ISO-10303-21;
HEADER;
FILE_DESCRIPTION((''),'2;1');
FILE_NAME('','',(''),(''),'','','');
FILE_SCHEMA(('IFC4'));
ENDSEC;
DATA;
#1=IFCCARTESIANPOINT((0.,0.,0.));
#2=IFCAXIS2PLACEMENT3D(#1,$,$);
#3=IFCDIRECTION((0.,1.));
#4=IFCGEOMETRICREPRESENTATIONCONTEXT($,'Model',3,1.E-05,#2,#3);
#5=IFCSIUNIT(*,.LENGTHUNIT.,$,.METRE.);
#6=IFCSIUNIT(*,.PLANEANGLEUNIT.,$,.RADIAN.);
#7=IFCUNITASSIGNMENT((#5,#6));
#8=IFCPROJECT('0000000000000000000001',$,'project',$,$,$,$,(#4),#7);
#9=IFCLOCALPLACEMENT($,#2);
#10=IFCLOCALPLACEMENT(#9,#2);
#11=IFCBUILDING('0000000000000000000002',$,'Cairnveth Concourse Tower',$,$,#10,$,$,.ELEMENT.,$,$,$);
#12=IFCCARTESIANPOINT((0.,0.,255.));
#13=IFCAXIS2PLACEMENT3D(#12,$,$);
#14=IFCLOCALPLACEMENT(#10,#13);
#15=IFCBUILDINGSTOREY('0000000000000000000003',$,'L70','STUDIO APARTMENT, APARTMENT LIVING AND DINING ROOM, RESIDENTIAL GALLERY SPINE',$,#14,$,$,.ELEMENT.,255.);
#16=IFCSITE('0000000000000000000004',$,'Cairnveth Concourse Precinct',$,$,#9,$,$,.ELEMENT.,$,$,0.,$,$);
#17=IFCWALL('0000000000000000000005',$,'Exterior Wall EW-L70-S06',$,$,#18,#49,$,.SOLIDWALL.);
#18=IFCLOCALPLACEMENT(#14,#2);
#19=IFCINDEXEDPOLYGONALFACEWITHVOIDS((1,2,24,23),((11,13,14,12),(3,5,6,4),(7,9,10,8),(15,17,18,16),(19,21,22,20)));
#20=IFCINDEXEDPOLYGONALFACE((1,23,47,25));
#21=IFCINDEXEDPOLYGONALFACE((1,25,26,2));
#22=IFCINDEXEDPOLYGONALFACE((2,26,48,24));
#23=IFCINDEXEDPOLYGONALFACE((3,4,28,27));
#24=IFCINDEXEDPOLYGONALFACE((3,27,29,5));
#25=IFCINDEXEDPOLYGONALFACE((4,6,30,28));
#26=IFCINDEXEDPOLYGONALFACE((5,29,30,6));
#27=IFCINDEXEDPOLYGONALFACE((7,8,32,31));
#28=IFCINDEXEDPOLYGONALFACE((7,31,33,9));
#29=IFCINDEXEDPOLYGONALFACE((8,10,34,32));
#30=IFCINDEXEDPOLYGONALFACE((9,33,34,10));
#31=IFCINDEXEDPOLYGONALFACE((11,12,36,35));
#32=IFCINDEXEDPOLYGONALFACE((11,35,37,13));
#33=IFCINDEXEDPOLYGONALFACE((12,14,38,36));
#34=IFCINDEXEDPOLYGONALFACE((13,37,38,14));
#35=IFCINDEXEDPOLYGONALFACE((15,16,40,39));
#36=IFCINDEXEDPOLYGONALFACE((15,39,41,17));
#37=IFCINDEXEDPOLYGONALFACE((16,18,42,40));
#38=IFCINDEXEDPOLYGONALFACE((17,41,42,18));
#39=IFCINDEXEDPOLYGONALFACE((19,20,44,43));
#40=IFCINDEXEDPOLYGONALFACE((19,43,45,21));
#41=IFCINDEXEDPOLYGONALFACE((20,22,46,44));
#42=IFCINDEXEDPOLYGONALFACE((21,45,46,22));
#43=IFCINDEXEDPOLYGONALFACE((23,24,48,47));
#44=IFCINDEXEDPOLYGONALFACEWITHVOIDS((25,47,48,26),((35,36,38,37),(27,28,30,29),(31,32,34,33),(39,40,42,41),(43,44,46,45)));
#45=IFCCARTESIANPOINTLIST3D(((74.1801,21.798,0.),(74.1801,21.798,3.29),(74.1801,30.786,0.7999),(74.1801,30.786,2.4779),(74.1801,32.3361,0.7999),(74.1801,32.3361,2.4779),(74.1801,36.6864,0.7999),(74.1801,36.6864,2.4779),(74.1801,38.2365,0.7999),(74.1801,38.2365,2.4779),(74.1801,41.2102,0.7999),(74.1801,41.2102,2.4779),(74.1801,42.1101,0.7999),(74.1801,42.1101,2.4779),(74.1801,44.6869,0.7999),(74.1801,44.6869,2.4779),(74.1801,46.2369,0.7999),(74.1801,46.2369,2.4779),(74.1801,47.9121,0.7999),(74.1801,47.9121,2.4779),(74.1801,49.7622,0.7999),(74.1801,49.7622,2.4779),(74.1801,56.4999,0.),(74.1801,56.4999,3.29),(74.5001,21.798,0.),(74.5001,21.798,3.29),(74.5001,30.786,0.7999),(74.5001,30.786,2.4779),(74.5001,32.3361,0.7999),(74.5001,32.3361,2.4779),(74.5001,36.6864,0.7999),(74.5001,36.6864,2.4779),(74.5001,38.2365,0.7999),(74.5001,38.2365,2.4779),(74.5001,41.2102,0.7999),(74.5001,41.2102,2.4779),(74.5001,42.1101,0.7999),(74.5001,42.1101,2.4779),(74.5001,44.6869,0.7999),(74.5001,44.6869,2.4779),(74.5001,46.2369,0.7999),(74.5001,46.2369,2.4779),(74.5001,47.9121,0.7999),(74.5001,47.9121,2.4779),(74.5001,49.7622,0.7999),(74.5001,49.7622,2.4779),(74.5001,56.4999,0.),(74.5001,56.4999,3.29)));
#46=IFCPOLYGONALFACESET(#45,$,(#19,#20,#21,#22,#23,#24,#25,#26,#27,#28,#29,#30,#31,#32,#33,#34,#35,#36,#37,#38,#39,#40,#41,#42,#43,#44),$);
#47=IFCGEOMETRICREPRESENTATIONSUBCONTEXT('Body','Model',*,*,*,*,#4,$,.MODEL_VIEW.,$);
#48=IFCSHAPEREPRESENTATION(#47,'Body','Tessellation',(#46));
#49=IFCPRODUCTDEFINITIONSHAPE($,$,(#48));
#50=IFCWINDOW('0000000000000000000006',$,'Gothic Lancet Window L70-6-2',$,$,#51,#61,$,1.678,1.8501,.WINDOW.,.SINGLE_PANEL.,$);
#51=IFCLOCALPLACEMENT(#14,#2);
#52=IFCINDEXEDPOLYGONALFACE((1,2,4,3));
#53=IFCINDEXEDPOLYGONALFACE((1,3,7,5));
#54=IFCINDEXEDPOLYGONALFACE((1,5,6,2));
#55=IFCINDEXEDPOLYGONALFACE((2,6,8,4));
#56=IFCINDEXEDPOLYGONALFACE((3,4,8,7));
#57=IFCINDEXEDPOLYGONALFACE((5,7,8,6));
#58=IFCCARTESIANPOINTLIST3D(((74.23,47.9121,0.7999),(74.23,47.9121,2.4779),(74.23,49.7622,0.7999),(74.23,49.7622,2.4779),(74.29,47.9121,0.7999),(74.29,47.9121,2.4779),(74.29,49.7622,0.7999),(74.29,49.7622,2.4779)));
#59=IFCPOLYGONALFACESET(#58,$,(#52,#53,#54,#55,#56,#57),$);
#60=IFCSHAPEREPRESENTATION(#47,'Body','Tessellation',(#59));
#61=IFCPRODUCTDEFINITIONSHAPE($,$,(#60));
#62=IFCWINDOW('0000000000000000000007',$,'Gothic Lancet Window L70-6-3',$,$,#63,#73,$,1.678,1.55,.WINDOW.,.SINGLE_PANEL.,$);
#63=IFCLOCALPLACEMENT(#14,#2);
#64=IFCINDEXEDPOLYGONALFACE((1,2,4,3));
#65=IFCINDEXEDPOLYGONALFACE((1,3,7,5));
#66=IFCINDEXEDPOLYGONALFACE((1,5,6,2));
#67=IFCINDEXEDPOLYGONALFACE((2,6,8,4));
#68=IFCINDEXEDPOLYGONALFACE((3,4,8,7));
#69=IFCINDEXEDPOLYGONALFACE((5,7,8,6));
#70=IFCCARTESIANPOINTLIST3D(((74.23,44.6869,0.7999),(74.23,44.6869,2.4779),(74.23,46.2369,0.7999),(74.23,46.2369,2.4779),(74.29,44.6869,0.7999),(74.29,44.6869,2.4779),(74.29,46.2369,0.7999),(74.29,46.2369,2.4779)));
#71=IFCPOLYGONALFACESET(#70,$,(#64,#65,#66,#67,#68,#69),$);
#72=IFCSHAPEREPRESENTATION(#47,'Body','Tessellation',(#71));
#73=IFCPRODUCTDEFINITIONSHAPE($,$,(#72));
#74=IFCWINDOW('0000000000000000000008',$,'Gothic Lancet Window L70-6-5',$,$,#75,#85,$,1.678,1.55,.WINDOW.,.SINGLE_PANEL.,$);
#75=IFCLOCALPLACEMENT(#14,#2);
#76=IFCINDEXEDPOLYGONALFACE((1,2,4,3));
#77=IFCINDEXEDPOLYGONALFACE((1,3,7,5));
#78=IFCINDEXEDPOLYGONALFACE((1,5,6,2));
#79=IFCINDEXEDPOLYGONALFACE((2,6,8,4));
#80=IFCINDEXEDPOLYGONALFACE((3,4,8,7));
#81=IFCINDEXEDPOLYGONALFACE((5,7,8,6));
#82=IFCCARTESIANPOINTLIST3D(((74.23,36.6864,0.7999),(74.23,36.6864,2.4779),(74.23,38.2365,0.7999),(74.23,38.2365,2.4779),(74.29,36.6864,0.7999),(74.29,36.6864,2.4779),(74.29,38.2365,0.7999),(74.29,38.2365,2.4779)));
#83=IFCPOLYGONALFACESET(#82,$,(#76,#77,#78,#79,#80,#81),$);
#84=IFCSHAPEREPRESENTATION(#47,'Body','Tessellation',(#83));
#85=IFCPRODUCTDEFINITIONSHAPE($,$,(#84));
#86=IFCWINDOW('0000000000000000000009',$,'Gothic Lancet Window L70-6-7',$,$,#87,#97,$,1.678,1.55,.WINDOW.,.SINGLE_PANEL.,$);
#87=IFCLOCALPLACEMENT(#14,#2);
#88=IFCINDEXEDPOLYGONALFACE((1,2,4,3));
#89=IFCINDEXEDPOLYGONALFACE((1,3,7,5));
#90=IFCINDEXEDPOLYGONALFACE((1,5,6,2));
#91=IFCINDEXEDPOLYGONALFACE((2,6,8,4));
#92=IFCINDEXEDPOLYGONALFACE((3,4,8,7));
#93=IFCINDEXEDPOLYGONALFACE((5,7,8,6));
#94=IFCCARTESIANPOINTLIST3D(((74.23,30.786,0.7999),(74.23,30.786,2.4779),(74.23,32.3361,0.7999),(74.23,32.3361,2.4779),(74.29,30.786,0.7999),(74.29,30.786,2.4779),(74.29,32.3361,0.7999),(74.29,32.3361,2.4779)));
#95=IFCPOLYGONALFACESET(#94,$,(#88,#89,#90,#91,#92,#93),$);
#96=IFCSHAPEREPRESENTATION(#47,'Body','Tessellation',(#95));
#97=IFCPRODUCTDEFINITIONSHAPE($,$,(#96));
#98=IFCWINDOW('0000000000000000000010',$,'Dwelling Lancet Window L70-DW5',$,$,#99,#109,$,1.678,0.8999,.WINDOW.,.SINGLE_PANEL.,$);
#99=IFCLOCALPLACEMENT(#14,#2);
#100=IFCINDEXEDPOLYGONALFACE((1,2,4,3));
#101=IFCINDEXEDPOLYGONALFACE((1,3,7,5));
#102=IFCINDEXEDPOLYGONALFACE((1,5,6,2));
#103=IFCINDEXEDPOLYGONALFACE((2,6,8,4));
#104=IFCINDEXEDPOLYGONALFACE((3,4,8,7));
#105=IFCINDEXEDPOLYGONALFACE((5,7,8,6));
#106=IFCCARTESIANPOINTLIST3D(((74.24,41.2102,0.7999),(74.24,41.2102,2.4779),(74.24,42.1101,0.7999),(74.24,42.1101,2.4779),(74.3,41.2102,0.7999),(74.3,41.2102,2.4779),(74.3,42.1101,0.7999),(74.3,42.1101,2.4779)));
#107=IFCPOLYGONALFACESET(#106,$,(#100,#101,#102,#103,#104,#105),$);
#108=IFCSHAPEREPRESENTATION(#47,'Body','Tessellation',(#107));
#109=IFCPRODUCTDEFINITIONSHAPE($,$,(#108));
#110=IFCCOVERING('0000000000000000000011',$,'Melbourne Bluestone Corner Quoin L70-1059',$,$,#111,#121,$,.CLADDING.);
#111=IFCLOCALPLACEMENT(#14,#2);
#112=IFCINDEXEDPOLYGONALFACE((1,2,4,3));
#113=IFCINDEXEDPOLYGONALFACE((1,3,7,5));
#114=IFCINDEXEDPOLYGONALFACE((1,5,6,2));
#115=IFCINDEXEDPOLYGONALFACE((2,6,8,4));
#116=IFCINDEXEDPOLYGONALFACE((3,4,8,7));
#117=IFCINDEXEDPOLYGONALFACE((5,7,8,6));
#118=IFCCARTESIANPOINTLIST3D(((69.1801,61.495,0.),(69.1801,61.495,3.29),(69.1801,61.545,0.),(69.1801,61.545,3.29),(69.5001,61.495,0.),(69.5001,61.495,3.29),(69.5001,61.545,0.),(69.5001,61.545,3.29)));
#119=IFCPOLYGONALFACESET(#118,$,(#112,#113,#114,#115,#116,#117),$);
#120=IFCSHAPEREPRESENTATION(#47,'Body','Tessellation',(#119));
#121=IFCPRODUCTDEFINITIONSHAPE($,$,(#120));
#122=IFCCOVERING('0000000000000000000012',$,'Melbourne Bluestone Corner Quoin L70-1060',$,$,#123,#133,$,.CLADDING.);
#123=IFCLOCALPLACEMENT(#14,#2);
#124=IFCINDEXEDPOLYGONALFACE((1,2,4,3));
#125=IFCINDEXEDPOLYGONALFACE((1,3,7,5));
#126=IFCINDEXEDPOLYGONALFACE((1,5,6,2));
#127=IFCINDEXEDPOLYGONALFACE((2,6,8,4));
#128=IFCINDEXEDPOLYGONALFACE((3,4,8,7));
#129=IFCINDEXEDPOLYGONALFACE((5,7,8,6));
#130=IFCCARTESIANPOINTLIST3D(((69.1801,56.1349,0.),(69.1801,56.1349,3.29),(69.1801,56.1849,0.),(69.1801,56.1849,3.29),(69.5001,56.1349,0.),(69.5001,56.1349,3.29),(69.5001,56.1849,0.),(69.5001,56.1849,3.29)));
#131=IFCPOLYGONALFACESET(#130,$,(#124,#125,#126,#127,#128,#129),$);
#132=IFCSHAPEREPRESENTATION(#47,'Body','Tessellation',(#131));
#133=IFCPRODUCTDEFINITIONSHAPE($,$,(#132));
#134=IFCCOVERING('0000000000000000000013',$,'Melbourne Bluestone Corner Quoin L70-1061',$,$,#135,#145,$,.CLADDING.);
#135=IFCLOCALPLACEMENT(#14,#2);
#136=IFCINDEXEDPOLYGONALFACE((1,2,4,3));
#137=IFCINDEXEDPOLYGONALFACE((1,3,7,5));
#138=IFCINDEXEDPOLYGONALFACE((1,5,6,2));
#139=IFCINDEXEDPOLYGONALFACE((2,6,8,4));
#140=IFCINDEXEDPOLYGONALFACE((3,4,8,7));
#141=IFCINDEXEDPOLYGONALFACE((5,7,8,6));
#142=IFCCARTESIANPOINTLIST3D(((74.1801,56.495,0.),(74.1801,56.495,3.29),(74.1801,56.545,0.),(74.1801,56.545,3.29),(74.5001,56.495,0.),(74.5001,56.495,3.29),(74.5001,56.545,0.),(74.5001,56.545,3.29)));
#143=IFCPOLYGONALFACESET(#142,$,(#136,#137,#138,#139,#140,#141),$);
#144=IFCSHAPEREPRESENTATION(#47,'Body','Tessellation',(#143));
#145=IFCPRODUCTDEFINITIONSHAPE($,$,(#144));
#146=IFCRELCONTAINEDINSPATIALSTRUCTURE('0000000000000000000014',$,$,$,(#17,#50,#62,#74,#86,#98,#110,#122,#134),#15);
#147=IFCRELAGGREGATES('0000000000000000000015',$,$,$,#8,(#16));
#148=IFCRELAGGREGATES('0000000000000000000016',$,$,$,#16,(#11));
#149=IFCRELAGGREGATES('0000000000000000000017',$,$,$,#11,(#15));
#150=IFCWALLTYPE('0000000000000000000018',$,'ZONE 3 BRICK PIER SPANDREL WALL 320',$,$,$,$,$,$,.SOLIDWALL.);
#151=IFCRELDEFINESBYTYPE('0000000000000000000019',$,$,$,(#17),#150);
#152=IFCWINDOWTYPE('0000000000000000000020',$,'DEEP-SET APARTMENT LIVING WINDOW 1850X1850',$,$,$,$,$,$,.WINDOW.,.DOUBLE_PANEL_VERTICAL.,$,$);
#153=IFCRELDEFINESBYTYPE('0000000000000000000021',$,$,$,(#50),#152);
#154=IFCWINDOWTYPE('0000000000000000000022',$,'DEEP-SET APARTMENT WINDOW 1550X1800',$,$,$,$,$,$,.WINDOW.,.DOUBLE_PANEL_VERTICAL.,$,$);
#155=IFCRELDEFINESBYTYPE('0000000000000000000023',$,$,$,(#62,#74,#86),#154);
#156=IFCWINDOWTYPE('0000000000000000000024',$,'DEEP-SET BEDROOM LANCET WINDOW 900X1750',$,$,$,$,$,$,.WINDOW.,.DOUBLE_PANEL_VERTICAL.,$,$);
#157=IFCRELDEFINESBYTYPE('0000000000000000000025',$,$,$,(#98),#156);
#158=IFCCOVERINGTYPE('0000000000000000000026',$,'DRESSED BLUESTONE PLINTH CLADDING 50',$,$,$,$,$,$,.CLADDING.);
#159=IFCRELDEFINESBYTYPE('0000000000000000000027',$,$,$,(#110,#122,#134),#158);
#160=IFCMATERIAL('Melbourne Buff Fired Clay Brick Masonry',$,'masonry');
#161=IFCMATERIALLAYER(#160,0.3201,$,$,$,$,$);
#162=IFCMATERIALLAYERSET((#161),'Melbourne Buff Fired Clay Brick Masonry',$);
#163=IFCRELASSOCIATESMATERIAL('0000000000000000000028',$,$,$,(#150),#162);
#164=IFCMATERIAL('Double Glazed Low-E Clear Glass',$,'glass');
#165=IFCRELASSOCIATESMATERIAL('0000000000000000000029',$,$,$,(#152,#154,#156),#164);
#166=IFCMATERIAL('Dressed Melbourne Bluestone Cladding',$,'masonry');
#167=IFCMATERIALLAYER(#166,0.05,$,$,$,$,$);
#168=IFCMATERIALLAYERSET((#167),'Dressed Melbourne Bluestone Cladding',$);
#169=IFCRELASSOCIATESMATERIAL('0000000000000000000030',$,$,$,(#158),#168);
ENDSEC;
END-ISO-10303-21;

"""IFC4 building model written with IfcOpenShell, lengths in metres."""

from ifc_helpers import new_model, si_unit, direction, frame, frame_2d, origin, place, context, subcontext, project, spatial, rectangle, extrude, material, layer, layer_set, type_object, element, fill, save


model = new_model("IFC4")

# Units and contexts
model_context = context("Model", 3, precision=1e-05, world=origin(), true_north=direction((0.0, 1.0)))
body_context = subcontext(model_context, "Body", "Model", "MODEL_VIEW")
ifc_project = project(units=[si_unit("LENGTHUNIT", "METRE"), si_unit("PLANEANGLEUNIT", "RADIAN")], contexts=[model_context])

# Site, building, storey
site_placement = place(None, origin())
site = spatial("IfcSite", under=ifc_project, at=site_placement, Name="Cairnveth Concourse Precinct", CompositionType="ELEMENT", RefElevation=0.0)
building_placement = place(site_placement, origin())
building = spatial("IfcBuilding", under=site, at=building_placement, Name="Cairnveth Concourse Tower", CompositionType="ELEMENT")
storey_placement = place(building_placement, frame((0.0, 0.0, 255.0)))
storey = spatial("IfcBuildingStorey", under=building, at=storey_placement, Name="L70", Description="STUDIO APARTMENT, APARTMENT LIVING AND DINING ROOM, RESIDENTIAL GALLERY SPINE", CompositionType="ELEMENT", Elevation=255.0)

# Shared definitions
ifc_material_1 = material(Name="Melbourne Buff Fired Clay Brick Masonry", Category="masonry")
ifc_layer_1 = layer(ifc_material_1, 0.3201)
ifc_layer_set_1 = layer_set([ifc_layer_1], Name="Melbourne Buff Fired Clay Brick Masonry")
wall_type_1 = type_object("IfcWallType", Name="ZONE 3 BRICK PIER SPANDREL WALL 320", PredefinedType="SOLIDWALL", material=ifc_layer_set_1)

# Wall, openings, windows
wall_1_placement = place(storey_placement, frame((74.3401, 56.5, 0.0), z_axis=(0.0, 0.0, 1.0), x_axis=(0.0, -1.0, 0.0)))
wall_1 = element("IfcWall", 1, at=wall_1_placement, inside=storey, type_object=wall_type_1, Name="Exterior Wall EW-L70-S06", PredefinedType="SOLIDWALL", context=body_context, shape_type="SweptSolid", body=[
    extrude(rectangle(XDim=34.7019, YDim=0.3201, at=frame_2d((17.3511, 0.0))), origin(), (0.0, 0.0, 1.0), 3.29),
])
opening_1_placement = place(wall_1_placement, frame((6.7378, 0.0, 0.8)))
opening_1 = element("IfcOpeningElement", 2, at=opening_1_placement, cuts=wall_1, PredefinedType="OPENING", context=body_context, shape_type="SweptSolid", body=[
    extrude(rectangle(XDim=1.8501, YDim=1.678, at=frame_2d((0.925, 0.8389))), frame((0.0, 0.1699, 0.0), z_axis=(0.0, -1.0, 0.0), x_axis=(1.0, 0.0, 0.0)), (0.0, 0.0, 1.0), 0.3401),
])
opening_2_placement = place(wall_1_placement, frame((10.2632, 0.0, 0.8)))
opening_2 = element("IfcOpeningElement", 3, at=opening_2_placement, cuts=wall_1, PredefinedType="OPENING", context=body_context, shape_type="SweptSolid", body=[
    extrude(rectangle(XDim=1.55, YDim=1.678, at=frame_2d((0.7749, 0.8389))), frame((0.0, 0.1699, 0.0), z_axis=(0.0, -1.0, 0.0), x_axis=(1.0, 0.0, 0.0)), (0.0, 0.0, 1.0), 0.3401),
])
opening_3_placement = place(wall_1_placement, frame((18.2637, 0.0, 0.8)))
opening_3 = element("IfcOpeningElement", 4, at=opening_3_placement, cuts=wall_1, PredefinedType="OPENING", context=body_context, shape_type="SweptSolid", body=[
    extrude(rectangle(XDim=1.55, YDim=1.678, at=frame_2d((0.7749, 0.8389))), frame((0.0, 0.1699, 0.0), z_axis=(0.0, -1.0, 0.0), x_axis=(1.0, 0.0, 0.0)), (0.0, 0.0, 1.0), 0.3401),
])
opening_4_placement = place(wall_1_placement, frame((24.1641, 0.0, 0.8)))
opening_4 = element("IfcOpeningElement", 5, at=opening_4_placement, cuts=wall_1, PredefinedType="OPENING", context=body_context, shape_type="SweptSolid", body=[
    extrude(rectangle(XDim=1.55, YDim=1.678, at=frame_2d((0.7749, 0.8389))), frame((0.0, 0.1699, 0.0), z_axis=(0.0, -1.0, 0.0), x_axis=(1.0, 0.0, 0.0)), (0.0, 0.0, 1.0), 0.3401),
])
opening_5_placement = place(wall_1_placement, frame((14.3899, 0.0, 0.8)))
opening_5 = element("IfcOpeningElement", 6, at=opening_5_placement, cuts=wall_1, PredefinedType="OPENING", context=body_context, shape_type="SweptSolid", body=[
    extrude(rectangle(XDim=0.8999, YDim=1.678, at=frame_2d((0.45, 0.8389))), frame((0.0, 0.1699, 0.0), z_axis=(0.0, -1.0, 0.0), x_axis=(1.0, 0.0, 0.0)), (0.0, 0.0, 1.0), 0.3401),
])
ifc_material_2 = material(Name="Double Glazed Low-E Clear Glass", Category="glass")
window_type_1 = type_object("IfcWindowType", Name="DEEP-SET APARTMENT LIVING WINDOW 1850X1850", PartitioningType="DOUBLE_PANEL_VERTICAL", PredefinedType="WINDOW", material=ifc_material_2)
window_1_placement = place(opening_1_placement, origin())
window_1 = element("IfcWindow", 7, at=window_1_placement, inside=storey, type_object=window_type_1, Name="Gothic Lancet Window L70-6-2", OverallHeight=1.678, OverallWidth=1.8501, PartitioningType="SINGLE_PANEL", PredefinedType="WINDOW", context=body_context, shape_type="SweptSolid", body=[
    extrude(rectangle(XDim=1.8501, YDim=1.678, at=frame_2d((0.925, 0.8389))), frame((0.0, -0.05, 0.0), z_axis=(0.0, -1.0, 0.0), x_axis=(1.0, 0.0, 0.0)), (0.0, 0.0, 1.0), 0.0601),
])
fill(opening_1, window_1)
window_type_2 = type_object("IfcWindowType", Name="DEEP-SET APARTMENT WINDOW 1550X1800", PartitioningType="DOUBLE_PANEL_VERTICAL", PredefinedType="WINDOW", material=ifc_material_2)
window_2_placement = place(opening_2_placement, origin())
window_2 = element("IfcWindow", 8, at=window_2_placement, inside=storey, type_object=window_type_2, Name="Gothic Lancet Window L70-6-3", OverallHeight=1.678, OverallWidth=1.55, PartitioningType="SINGLE_PANEL", PredefinedType="WINDOW", context=body_context, shape_type="SweptSolid", body=[
    extrude(rectangle(XDim=1.55, YDim=1.678, at=frame_2d((0.7749, 0.8389))), frame((0.0, -0.05, 0.0), z_axis=(0.0, -1.0, 0.0), x_axis=(1.0, 0.0, 0.0)), (0.0, 0.0, 1.0), 0.0601),
])
fill(opening_2, window_2)
window_3_placement = place(opening_3_placement, origin())
window_3 = element("IfcWindow", 9, at=window_3_placement, inside=storey, type_object=window_type_2, Name="Gothic Lancet Window L70-6-5", OverallHeight=1.678, OverallWidth=1.55, PartitioningType="SINGLE_PANEL", PredefinedType="WINDOW", context=body_context, shape_type="SweptSolid", body=[
    extrude(rectangle(XDim=1.55, YDim=1.678, at=frame_2d((0.7749, 0.8389))), frame((0.0, -0.05, 0.0), z_axis=(0.0, -1.0, 0.0), x_axis=(1.0, 0.0, 0.0)), (0.0, 0.0, 1.0), 0.0601),
])
fill(opening_3, window_3)
window_4_placement = place(opening_4_placement, origin())
window_4 = element("IfcWindow", 10, at=window_4_placement, inside=storey, type_object=window_type_2, Name="Gothic Lancet Window L70-6-7", OverallHeight=1.678, OverallWidth=1.55, PartitioningType="SINGLE_PANEL", PredefinedType="WINDOW", context=body_context, shape_type="SweptSolid", body=[
    extrude(rectangle(XDim=1.55, YDim=1.678, at=frame_2d((0.7749, 0.8389))), frame((0.0, -0.05, 0.0), z_axis=(0.0, -1.0, 0.0), x_axis=(1.0, 0.0, 0.0)), (0.0, 0.0, 1.0), 0.0601),
])
fill(opening_4, window_4)
window_type_3 = type_object("IfcWindowType", Name="DEEP-SET BEDROOM LANCET WINDOW 900X1750", PartitioningType="DOUBLE_PANEL_VERTICAL", PredefinedType="WINDOW", material=ifc_material_2)
window_5_placement = place(opening_5_placement, origin())
window_5 = element("IfcWindow", 11, at=window_5_placement, inside=storey, type_object=window_type_3, Name="Dwelling Lancet Window L70-DW5", OverallHeight=1.678, OverallWidth=0.8999, PartitioningType="SINGLE_PANEL", PredefinedType="WINDOW", context=body_context, shape_type="SweptSolid", body=[
    extrude(rectangle(XDim=0.8999, YDim=1.678, at=frame_2d((0.45, 0.8389))), frame((0.0, -0.04, 0.0), z_axis=(0.0, -1.0, 0.0), x_axis=(1.0, 0.0, 0.0)), (0.0, 0.0, 1.0), 0.0601),
])
fill(opening_5, window_5)

# Coverings
ifc_material_3 = material(Name="Dressed Melbourne Bluestone Cladding", Category="masonry")
ifc_layer_2 = layer(ifc_material_3, 0.05)
ifc_layer_set_2 = layer_set([ifc_layer_2], Name="Dressed Melbourne Bluestone Cladding")
covering_type = type_object("IfcCoveringType", Name="DRESSED BLUESTONE PLINTH CLADDING 50", PredefinedType="CLADDING", material=ifc_layer_set_2)
for number, where, z_axis, x_axis, name in (
    (12, (69.1799, 61.52, 0.0), (0.0, 0.0, 1.0), (1.0, 0.0, 0.0), "Melbourne Bluestone Corner Quoin L70-1059"),
    (13, (69.1799, 56.1599, 0.0), (0.0, 0.0, 1.0), (1.0, 0.0, 0.0), "Melbourne Bluestone Corner Quoin L70-1060"),
    (14, (74.1799, 56.52, 0.0), (0.0, 0.0, 1.0), (1.0, 0.0, 0.0), "Melbourne Bluestone Corner Quoin L70-1061"),
):
    element("IfcCovering", number, at=place(storey_placement, frame(where, z_axis=z_axis, x_axis=x_axis)), inside=storey, type_object=covering_type, Name=name, PredefinedType="CLADDING", context=body_context, shape_type="SweptSolid", body=[
        extrude(rectangle(XDim=0.3201, YDim=0.05, at=frame_2d((0.1602, 0.0))), origin(), (0.0, 0.0, 1.0), 3.29),
    ])

save(model, "model.ifc")
